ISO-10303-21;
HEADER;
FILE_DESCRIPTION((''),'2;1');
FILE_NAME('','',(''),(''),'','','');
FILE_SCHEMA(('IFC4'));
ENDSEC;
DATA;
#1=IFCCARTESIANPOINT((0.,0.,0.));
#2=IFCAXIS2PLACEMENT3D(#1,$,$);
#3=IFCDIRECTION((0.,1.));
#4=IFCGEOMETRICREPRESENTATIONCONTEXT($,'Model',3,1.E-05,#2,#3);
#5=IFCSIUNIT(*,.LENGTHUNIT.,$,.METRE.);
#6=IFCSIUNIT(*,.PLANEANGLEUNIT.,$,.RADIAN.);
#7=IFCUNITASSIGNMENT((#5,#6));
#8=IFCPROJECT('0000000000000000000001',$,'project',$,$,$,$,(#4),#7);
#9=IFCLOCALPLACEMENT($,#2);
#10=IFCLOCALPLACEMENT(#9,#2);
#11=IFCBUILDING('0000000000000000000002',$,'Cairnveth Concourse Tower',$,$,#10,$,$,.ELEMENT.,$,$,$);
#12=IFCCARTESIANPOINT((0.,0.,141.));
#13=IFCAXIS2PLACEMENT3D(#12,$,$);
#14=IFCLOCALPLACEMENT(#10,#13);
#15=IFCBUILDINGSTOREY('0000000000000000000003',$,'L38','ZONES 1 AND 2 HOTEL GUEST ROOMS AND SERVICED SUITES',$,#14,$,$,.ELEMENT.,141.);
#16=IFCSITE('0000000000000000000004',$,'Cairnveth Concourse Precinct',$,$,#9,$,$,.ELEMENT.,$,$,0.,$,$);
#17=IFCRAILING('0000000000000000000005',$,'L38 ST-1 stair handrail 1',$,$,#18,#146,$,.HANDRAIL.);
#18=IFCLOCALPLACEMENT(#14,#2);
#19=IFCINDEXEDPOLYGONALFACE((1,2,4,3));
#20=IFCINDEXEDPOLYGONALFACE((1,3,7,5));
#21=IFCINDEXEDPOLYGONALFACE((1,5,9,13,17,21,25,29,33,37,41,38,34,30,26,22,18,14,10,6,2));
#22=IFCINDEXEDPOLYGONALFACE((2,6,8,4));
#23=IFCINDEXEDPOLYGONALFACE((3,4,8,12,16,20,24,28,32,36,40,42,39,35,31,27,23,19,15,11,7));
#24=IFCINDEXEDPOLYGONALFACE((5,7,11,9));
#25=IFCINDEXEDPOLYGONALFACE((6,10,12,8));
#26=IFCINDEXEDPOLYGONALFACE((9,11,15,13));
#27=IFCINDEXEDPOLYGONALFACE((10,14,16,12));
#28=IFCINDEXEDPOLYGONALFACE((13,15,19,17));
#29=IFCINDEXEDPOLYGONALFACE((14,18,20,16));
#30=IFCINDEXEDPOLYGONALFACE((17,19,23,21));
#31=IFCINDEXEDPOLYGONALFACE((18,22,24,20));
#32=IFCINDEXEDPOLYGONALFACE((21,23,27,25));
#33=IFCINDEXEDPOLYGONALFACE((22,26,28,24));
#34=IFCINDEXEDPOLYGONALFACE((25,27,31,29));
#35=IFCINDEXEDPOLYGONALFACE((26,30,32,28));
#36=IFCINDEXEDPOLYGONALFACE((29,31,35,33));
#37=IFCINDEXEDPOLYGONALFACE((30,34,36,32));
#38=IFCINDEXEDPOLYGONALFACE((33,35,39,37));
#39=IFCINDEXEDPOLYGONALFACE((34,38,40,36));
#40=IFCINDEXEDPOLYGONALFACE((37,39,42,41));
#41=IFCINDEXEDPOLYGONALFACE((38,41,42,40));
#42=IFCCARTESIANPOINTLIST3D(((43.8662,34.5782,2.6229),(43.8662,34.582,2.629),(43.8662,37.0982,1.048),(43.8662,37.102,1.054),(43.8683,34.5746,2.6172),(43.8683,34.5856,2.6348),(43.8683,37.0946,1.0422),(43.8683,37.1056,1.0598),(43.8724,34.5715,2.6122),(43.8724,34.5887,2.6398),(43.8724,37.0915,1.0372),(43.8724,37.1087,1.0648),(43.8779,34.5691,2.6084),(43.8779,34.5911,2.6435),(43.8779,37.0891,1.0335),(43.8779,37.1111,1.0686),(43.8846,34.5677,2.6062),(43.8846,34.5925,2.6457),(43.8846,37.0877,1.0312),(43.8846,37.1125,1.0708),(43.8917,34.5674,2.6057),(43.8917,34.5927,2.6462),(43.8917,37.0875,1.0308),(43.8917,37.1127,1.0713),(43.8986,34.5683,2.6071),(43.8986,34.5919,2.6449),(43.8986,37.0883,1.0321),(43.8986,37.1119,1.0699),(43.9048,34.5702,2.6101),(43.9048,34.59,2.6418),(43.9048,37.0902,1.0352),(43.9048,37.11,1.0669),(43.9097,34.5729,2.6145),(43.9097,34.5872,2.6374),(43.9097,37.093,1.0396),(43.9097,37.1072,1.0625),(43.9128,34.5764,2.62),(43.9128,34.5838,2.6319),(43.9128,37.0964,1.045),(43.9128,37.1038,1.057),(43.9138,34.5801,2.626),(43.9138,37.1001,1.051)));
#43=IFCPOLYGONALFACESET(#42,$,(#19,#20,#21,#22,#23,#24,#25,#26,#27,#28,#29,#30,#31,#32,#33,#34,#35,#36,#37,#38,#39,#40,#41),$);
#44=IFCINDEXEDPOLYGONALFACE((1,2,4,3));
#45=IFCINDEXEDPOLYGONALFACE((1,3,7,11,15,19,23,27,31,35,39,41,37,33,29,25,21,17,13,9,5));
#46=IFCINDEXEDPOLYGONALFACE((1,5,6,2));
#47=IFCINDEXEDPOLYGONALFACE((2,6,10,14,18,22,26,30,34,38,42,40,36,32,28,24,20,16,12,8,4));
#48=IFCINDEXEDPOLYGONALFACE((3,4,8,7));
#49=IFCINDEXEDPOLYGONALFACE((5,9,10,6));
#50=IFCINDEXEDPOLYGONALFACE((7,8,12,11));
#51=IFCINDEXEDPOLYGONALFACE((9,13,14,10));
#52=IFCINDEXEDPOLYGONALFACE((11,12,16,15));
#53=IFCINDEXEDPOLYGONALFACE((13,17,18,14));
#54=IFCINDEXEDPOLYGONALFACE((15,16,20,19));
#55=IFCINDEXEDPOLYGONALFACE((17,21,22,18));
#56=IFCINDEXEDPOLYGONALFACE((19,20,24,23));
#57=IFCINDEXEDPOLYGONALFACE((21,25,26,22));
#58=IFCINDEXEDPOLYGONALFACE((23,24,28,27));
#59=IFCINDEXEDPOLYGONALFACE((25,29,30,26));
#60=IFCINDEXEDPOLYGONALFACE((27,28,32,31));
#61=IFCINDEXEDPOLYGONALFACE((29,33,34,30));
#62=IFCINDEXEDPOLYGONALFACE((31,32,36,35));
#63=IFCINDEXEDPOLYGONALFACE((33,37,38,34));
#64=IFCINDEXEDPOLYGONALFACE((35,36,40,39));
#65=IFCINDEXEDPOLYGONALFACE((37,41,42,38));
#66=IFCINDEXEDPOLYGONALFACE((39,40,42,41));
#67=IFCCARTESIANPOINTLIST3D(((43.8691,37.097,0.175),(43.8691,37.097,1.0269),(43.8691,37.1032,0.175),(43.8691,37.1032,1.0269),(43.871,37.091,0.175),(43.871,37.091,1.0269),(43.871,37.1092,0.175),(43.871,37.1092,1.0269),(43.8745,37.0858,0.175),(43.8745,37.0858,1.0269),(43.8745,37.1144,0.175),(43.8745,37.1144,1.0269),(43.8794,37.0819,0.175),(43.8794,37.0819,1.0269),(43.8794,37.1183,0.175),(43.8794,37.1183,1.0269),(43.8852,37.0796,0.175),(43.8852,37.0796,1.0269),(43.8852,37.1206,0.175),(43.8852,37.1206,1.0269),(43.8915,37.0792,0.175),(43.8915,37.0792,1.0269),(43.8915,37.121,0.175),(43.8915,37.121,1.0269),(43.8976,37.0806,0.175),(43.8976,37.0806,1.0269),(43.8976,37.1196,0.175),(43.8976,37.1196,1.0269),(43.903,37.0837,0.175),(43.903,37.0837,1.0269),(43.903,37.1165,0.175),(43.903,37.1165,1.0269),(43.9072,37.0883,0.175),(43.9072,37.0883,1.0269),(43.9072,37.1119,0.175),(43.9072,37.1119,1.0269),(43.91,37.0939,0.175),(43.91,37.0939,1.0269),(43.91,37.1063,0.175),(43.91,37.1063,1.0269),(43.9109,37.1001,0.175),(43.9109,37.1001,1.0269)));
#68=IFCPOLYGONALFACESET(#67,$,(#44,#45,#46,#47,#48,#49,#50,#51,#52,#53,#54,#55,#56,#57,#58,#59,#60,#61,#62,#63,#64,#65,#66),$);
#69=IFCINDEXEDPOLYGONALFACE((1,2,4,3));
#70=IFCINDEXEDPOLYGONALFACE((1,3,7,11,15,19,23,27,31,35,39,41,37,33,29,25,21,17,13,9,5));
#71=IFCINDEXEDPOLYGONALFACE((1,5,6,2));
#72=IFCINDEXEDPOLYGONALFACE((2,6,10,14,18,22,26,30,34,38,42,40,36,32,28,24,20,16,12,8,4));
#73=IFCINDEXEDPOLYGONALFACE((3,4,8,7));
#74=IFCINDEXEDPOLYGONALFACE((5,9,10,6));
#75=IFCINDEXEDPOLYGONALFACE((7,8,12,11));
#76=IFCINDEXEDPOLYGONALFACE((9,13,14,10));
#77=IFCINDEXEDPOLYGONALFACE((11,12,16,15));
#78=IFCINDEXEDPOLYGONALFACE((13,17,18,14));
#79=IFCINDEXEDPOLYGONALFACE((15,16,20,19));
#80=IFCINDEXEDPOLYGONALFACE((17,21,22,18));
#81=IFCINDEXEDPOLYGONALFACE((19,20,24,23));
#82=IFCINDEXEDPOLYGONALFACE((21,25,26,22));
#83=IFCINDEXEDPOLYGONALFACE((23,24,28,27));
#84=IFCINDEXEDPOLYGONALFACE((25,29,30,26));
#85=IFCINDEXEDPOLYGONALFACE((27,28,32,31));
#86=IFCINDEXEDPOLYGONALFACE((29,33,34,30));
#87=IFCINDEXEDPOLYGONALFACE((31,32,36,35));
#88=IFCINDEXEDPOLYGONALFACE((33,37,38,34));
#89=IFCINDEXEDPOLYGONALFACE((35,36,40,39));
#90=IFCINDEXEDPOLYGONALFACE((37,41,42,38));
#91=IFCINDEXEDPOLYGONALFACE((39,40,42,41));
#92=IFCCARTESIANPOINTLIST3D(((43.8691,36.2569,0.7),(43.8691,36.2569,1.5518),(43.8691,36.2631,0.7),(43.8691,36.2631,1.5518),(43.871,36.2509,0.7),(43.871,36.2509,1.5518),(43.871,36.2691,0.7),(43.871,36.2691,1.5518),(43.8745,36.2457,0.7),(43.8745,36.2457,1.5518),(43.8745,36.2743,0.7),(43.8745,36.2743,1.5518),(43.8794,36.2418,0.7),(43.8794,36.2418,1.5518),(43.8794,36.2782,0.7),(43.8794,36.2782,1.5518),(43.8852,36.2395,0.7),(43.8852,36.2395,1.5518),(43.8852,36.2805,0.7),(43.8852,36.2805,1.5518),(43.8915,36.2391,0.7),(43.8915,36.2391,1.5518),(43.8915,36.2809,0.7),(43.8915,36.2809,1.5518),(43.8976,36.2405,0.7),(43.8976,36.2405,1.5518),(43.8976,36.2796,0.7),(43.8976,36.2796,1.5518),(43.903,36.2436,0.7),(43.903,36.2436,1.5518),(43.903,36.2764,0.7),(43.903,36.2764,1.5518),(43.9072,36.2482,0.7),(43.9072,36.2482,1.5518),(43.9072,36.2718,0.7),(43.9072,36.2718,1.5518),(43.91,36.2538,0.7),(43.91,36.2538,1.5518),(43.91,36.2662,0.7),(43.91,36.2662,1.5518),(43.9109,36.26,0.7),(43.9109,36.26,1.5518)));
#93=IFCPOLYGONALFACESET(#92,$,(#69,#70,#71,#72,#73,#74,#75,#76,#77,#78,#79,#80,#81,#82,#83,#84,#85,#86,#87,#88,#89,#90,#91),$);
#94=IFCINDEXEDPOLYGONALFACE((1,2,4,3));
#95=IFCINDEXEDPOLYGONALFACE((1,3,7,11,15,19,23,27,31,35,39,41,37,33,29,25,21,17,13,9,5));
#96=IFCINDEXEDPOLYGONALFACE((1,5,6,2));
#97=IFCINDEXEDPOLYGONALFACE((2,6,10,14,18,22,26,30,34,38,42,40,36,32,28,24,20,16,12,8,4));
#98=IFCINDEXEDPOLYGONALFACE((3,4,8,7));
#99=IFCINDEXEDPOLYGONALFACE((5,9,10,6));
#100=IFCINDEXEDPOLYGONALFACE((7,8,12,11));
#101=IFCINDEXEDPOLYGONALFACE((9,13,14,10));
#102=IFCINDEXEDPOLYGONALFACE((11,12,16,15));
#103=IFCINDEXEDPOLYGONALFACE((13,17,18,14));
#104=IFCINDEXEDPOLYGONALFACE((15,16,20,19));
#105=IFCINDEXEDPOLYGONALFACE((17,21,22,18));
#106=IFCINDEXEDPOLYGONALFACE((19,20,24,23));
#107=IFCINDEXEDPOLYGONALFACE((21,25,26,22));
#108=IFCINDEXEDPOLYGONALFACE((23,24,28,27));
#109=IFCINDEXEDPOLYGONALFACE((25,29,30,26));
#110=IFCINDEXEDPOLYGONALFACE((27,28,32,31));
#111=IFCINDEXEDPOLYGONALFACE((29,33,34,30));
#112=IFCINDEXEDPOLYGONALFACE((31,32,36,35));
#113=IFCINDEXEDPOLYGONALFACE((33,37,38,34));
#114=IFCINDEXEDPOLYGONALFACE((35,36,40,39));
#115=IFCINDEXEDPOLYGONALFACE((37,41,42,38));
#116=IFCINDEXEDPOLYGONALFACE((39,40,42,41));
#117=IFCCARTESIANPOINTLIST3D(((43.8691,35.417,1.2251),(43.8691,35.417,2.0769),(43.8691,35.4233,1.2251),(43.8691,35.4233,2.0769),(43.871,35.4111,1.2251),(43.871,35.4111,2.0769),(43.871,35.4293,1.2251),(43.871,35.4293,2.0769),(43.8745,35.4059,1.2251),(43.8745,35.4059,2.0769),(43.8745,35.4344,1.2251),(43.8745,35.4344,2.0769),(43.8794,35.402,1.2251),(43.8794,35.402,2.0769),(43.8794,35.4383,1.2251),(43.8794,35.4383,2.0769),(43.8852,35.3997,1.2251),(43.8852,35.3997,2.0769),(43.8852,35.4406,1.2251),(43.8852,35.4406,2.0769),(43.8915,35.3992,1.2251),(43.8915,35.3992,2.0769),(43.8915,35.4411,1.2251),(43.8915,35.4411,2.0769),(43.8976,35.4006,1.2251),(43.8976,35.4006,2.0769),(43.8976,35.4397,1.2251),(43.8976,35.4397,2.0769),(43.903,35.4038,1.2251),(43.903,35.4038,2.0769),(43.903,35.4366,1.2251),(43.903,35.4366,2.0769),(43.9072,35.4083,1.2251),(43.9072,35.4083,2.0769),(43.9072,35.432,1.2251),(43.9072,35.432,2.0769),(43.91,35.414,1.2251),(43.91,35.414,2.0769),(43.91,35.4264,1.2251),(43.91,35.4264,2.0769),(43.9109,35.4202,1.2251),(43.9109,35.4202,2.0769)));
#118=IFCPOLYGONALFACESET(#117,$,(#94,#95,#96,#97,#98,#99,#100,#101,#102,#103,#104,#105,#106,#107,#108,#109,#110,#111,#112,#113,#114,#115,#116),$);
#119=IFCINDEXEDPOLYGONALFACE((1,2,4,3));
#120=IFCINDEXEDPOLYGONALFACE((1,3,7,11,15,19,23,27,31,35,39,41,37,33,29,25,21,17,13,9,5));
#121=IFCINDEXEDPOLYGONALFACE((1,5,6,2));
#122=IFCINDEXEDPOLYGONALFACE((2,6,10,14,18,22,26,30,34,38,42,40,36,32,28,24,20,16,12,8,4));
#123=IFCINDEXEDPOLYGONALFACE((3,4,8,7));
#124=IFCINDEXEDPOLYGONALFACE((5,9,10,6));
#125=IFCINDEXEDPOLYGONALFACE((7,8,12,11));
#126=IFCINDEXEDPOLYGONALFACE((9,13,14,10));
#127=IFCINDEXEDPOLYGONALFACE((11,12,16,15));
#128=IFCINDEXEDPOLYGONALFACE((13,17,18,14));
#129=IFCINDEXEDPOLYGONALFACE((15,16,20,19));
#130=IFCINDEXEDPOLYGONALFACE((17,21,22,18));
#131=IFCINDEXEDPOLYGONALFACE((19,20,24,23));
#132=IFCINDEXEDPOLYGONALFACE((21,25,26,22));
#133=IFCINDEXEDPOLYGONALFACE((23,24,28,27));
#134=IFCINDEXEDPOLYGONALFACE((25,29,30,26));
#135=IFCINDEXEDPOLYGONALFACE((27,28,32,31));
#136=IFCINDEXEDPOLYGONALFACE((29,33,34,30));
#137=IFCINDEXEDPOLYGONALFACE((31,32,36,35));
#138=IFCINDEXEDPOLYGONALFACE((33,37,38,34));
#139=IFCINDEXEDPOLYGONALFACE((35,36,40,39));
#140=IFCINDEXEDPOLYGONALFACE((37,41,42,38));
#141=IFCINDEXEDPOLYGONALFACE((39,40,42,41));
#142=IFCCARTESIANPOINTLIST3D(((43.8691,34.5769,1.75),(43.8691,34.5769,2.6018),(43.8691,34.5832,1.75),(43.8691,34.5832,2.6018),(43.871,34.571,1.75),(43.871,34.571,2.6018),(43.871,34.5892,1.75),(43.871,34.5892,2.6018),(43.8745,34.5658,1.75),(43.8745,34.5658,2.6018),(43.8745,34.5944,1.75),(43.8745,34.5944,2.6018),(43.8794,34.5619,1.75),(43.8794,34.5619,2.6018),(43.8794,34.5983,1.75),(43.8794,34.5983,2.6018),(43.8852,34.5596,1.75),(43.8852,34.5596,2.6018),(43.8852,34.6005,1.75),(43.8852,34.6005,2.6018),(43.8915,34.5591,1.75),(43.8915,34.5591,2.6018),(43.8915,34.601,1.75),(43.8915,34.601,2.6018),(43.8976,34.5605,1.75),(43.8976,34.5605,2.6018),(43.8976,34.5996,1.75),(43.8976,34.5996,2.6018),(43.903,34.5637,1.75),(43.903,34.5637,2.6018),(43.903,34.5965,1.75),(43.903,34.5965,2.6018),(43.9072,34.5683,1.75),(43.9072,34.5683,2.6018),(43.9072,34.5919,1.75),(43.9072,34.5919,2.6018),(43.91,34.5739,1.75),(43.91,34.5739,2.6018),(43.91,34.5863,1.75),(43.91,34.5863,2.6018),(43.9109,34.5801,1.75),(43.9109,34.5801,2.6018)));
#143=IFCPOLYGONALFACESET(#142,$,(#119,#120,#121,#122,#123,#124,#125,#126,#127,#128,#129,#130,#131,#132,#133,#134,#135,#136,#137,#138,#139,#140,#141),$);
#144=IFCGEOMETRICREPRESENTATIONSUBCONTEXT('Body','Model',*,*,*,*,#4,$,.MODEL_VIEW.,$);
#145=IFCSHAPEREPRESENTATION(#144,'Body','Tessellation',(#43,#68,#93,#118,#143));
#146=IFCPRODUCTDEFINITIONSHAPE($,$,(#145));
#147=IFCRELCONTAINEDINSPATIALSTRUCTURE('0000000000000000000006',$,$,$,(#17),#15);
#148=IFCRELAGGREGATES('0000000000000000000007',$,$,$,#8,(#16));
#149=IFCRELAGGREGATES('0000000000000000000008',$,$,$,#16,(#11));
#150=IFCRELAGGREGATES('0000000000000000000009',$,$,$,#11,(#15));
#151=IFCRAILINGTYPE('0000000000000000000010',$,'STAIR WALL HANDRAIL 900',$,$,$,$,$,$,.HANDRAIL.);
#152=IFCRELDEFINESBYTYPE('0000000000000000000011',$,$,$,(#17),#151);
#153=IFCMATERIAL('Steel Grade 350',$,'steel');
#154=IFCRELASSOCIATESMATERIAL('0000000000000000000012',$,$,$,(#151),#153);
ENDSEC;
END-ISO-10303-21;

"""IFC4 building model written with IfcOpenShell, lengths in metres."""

from ifc_helpers import new_model, si_unit, direction, frame, origin, origin_2d, place, context, subcontext, project, spatial, circle, extrude, material, type_object, element, save


model = new_model("IFC4")

# Units and contexts
model_context = context("Model", 3, precision=1e-05, world=origin(), true_north=direction((0.0, 1.0)))
body_context = subcontext(model_context, "Body", "Model", "MODEL_VIEW")
ifc_project = project(units=[si_unit("LENGTHUNIT", "METRE"), si_unit("PLANEANGLEUNIT", "RADIAN")], contexts=[model_context])

# Site, building, storey
site_placement = place(None, origin())
site = spatial("IfcSite", under=ifc_project, at=site_placement, Name="Cairnveth Concourse Precinct", CompositionType="ELEMENT", RefElevation=0.0)
building_placement = place(site_placement, origin())
building = spatial("IfcBuilding", under=site, at=building_placement, Name="Cairnveth Concourse Tower", CompositionType="ELEMENT")
storey_placement = place(building_placement, frame((0.0, 0.0, 141.0)))
storey = spatial("IfcBuildingStorey", under=building, at=storey_placement, Name="L38", Description="ZONES 1 AND 2 HOTEL GUEST ROOMS AND SERVICED SUITES", CompositionType="ELEMENT", Elevation=141.0)

# Shared definitions
ifc_material_1 = material(Name="Steel Grade 350", Category="steel")

# Railing
railing_type_1 = type_object("IfcRailingType", Name="STAIR WALL HANDRAIL 900", PredefinedType="HANDRAIL", material=ifc_material_1)
railing_1_placement = place(storey_placement, frame((43.8899, 37.1001, 0.175)))
element("IfcRailing", 1, at=railing_1_placement, inside=storey, type_object=railing_type_1, Name="L38 ST-1 stair handrail 1", PredefinedType="HANDRAIL", context=body_context, shape_type="SweptSolid", body=[
    extrude(circle(Radius=0.0239, at=origin_2d()), frame((0.0, 0.0, 0.876), z_axis=(0.0, -0.848008, 0.529984), x_axis=(1.0, 0.0, 0.0)), (0.0, 0.0, 1.0), 2.9717),
    extrude(circle(Radius=0.021, at=origin_2d()), origin(), (0.0, 0.0, 1.0), 0.8518),
    extrude(circle(Radius=0.021, at=origin_2d()), frame((0.0, -0.8401, 0.5249)), (0.0, 0.0, 1.0), 0.8518),
    extrude(circle(Radius=0.021, at=origin_2d()), frame((0.0, -1.6799, 1.05)), (0.0, 0.0, 1.0), 0.8518),
    extrude(circle(Radius=0.021, at=origin_2d()), frame((0.0, -2.52, 1.575)), (0.0, 0.0, 1.0), 0.8518),
])

save(model, "model.ifc")
